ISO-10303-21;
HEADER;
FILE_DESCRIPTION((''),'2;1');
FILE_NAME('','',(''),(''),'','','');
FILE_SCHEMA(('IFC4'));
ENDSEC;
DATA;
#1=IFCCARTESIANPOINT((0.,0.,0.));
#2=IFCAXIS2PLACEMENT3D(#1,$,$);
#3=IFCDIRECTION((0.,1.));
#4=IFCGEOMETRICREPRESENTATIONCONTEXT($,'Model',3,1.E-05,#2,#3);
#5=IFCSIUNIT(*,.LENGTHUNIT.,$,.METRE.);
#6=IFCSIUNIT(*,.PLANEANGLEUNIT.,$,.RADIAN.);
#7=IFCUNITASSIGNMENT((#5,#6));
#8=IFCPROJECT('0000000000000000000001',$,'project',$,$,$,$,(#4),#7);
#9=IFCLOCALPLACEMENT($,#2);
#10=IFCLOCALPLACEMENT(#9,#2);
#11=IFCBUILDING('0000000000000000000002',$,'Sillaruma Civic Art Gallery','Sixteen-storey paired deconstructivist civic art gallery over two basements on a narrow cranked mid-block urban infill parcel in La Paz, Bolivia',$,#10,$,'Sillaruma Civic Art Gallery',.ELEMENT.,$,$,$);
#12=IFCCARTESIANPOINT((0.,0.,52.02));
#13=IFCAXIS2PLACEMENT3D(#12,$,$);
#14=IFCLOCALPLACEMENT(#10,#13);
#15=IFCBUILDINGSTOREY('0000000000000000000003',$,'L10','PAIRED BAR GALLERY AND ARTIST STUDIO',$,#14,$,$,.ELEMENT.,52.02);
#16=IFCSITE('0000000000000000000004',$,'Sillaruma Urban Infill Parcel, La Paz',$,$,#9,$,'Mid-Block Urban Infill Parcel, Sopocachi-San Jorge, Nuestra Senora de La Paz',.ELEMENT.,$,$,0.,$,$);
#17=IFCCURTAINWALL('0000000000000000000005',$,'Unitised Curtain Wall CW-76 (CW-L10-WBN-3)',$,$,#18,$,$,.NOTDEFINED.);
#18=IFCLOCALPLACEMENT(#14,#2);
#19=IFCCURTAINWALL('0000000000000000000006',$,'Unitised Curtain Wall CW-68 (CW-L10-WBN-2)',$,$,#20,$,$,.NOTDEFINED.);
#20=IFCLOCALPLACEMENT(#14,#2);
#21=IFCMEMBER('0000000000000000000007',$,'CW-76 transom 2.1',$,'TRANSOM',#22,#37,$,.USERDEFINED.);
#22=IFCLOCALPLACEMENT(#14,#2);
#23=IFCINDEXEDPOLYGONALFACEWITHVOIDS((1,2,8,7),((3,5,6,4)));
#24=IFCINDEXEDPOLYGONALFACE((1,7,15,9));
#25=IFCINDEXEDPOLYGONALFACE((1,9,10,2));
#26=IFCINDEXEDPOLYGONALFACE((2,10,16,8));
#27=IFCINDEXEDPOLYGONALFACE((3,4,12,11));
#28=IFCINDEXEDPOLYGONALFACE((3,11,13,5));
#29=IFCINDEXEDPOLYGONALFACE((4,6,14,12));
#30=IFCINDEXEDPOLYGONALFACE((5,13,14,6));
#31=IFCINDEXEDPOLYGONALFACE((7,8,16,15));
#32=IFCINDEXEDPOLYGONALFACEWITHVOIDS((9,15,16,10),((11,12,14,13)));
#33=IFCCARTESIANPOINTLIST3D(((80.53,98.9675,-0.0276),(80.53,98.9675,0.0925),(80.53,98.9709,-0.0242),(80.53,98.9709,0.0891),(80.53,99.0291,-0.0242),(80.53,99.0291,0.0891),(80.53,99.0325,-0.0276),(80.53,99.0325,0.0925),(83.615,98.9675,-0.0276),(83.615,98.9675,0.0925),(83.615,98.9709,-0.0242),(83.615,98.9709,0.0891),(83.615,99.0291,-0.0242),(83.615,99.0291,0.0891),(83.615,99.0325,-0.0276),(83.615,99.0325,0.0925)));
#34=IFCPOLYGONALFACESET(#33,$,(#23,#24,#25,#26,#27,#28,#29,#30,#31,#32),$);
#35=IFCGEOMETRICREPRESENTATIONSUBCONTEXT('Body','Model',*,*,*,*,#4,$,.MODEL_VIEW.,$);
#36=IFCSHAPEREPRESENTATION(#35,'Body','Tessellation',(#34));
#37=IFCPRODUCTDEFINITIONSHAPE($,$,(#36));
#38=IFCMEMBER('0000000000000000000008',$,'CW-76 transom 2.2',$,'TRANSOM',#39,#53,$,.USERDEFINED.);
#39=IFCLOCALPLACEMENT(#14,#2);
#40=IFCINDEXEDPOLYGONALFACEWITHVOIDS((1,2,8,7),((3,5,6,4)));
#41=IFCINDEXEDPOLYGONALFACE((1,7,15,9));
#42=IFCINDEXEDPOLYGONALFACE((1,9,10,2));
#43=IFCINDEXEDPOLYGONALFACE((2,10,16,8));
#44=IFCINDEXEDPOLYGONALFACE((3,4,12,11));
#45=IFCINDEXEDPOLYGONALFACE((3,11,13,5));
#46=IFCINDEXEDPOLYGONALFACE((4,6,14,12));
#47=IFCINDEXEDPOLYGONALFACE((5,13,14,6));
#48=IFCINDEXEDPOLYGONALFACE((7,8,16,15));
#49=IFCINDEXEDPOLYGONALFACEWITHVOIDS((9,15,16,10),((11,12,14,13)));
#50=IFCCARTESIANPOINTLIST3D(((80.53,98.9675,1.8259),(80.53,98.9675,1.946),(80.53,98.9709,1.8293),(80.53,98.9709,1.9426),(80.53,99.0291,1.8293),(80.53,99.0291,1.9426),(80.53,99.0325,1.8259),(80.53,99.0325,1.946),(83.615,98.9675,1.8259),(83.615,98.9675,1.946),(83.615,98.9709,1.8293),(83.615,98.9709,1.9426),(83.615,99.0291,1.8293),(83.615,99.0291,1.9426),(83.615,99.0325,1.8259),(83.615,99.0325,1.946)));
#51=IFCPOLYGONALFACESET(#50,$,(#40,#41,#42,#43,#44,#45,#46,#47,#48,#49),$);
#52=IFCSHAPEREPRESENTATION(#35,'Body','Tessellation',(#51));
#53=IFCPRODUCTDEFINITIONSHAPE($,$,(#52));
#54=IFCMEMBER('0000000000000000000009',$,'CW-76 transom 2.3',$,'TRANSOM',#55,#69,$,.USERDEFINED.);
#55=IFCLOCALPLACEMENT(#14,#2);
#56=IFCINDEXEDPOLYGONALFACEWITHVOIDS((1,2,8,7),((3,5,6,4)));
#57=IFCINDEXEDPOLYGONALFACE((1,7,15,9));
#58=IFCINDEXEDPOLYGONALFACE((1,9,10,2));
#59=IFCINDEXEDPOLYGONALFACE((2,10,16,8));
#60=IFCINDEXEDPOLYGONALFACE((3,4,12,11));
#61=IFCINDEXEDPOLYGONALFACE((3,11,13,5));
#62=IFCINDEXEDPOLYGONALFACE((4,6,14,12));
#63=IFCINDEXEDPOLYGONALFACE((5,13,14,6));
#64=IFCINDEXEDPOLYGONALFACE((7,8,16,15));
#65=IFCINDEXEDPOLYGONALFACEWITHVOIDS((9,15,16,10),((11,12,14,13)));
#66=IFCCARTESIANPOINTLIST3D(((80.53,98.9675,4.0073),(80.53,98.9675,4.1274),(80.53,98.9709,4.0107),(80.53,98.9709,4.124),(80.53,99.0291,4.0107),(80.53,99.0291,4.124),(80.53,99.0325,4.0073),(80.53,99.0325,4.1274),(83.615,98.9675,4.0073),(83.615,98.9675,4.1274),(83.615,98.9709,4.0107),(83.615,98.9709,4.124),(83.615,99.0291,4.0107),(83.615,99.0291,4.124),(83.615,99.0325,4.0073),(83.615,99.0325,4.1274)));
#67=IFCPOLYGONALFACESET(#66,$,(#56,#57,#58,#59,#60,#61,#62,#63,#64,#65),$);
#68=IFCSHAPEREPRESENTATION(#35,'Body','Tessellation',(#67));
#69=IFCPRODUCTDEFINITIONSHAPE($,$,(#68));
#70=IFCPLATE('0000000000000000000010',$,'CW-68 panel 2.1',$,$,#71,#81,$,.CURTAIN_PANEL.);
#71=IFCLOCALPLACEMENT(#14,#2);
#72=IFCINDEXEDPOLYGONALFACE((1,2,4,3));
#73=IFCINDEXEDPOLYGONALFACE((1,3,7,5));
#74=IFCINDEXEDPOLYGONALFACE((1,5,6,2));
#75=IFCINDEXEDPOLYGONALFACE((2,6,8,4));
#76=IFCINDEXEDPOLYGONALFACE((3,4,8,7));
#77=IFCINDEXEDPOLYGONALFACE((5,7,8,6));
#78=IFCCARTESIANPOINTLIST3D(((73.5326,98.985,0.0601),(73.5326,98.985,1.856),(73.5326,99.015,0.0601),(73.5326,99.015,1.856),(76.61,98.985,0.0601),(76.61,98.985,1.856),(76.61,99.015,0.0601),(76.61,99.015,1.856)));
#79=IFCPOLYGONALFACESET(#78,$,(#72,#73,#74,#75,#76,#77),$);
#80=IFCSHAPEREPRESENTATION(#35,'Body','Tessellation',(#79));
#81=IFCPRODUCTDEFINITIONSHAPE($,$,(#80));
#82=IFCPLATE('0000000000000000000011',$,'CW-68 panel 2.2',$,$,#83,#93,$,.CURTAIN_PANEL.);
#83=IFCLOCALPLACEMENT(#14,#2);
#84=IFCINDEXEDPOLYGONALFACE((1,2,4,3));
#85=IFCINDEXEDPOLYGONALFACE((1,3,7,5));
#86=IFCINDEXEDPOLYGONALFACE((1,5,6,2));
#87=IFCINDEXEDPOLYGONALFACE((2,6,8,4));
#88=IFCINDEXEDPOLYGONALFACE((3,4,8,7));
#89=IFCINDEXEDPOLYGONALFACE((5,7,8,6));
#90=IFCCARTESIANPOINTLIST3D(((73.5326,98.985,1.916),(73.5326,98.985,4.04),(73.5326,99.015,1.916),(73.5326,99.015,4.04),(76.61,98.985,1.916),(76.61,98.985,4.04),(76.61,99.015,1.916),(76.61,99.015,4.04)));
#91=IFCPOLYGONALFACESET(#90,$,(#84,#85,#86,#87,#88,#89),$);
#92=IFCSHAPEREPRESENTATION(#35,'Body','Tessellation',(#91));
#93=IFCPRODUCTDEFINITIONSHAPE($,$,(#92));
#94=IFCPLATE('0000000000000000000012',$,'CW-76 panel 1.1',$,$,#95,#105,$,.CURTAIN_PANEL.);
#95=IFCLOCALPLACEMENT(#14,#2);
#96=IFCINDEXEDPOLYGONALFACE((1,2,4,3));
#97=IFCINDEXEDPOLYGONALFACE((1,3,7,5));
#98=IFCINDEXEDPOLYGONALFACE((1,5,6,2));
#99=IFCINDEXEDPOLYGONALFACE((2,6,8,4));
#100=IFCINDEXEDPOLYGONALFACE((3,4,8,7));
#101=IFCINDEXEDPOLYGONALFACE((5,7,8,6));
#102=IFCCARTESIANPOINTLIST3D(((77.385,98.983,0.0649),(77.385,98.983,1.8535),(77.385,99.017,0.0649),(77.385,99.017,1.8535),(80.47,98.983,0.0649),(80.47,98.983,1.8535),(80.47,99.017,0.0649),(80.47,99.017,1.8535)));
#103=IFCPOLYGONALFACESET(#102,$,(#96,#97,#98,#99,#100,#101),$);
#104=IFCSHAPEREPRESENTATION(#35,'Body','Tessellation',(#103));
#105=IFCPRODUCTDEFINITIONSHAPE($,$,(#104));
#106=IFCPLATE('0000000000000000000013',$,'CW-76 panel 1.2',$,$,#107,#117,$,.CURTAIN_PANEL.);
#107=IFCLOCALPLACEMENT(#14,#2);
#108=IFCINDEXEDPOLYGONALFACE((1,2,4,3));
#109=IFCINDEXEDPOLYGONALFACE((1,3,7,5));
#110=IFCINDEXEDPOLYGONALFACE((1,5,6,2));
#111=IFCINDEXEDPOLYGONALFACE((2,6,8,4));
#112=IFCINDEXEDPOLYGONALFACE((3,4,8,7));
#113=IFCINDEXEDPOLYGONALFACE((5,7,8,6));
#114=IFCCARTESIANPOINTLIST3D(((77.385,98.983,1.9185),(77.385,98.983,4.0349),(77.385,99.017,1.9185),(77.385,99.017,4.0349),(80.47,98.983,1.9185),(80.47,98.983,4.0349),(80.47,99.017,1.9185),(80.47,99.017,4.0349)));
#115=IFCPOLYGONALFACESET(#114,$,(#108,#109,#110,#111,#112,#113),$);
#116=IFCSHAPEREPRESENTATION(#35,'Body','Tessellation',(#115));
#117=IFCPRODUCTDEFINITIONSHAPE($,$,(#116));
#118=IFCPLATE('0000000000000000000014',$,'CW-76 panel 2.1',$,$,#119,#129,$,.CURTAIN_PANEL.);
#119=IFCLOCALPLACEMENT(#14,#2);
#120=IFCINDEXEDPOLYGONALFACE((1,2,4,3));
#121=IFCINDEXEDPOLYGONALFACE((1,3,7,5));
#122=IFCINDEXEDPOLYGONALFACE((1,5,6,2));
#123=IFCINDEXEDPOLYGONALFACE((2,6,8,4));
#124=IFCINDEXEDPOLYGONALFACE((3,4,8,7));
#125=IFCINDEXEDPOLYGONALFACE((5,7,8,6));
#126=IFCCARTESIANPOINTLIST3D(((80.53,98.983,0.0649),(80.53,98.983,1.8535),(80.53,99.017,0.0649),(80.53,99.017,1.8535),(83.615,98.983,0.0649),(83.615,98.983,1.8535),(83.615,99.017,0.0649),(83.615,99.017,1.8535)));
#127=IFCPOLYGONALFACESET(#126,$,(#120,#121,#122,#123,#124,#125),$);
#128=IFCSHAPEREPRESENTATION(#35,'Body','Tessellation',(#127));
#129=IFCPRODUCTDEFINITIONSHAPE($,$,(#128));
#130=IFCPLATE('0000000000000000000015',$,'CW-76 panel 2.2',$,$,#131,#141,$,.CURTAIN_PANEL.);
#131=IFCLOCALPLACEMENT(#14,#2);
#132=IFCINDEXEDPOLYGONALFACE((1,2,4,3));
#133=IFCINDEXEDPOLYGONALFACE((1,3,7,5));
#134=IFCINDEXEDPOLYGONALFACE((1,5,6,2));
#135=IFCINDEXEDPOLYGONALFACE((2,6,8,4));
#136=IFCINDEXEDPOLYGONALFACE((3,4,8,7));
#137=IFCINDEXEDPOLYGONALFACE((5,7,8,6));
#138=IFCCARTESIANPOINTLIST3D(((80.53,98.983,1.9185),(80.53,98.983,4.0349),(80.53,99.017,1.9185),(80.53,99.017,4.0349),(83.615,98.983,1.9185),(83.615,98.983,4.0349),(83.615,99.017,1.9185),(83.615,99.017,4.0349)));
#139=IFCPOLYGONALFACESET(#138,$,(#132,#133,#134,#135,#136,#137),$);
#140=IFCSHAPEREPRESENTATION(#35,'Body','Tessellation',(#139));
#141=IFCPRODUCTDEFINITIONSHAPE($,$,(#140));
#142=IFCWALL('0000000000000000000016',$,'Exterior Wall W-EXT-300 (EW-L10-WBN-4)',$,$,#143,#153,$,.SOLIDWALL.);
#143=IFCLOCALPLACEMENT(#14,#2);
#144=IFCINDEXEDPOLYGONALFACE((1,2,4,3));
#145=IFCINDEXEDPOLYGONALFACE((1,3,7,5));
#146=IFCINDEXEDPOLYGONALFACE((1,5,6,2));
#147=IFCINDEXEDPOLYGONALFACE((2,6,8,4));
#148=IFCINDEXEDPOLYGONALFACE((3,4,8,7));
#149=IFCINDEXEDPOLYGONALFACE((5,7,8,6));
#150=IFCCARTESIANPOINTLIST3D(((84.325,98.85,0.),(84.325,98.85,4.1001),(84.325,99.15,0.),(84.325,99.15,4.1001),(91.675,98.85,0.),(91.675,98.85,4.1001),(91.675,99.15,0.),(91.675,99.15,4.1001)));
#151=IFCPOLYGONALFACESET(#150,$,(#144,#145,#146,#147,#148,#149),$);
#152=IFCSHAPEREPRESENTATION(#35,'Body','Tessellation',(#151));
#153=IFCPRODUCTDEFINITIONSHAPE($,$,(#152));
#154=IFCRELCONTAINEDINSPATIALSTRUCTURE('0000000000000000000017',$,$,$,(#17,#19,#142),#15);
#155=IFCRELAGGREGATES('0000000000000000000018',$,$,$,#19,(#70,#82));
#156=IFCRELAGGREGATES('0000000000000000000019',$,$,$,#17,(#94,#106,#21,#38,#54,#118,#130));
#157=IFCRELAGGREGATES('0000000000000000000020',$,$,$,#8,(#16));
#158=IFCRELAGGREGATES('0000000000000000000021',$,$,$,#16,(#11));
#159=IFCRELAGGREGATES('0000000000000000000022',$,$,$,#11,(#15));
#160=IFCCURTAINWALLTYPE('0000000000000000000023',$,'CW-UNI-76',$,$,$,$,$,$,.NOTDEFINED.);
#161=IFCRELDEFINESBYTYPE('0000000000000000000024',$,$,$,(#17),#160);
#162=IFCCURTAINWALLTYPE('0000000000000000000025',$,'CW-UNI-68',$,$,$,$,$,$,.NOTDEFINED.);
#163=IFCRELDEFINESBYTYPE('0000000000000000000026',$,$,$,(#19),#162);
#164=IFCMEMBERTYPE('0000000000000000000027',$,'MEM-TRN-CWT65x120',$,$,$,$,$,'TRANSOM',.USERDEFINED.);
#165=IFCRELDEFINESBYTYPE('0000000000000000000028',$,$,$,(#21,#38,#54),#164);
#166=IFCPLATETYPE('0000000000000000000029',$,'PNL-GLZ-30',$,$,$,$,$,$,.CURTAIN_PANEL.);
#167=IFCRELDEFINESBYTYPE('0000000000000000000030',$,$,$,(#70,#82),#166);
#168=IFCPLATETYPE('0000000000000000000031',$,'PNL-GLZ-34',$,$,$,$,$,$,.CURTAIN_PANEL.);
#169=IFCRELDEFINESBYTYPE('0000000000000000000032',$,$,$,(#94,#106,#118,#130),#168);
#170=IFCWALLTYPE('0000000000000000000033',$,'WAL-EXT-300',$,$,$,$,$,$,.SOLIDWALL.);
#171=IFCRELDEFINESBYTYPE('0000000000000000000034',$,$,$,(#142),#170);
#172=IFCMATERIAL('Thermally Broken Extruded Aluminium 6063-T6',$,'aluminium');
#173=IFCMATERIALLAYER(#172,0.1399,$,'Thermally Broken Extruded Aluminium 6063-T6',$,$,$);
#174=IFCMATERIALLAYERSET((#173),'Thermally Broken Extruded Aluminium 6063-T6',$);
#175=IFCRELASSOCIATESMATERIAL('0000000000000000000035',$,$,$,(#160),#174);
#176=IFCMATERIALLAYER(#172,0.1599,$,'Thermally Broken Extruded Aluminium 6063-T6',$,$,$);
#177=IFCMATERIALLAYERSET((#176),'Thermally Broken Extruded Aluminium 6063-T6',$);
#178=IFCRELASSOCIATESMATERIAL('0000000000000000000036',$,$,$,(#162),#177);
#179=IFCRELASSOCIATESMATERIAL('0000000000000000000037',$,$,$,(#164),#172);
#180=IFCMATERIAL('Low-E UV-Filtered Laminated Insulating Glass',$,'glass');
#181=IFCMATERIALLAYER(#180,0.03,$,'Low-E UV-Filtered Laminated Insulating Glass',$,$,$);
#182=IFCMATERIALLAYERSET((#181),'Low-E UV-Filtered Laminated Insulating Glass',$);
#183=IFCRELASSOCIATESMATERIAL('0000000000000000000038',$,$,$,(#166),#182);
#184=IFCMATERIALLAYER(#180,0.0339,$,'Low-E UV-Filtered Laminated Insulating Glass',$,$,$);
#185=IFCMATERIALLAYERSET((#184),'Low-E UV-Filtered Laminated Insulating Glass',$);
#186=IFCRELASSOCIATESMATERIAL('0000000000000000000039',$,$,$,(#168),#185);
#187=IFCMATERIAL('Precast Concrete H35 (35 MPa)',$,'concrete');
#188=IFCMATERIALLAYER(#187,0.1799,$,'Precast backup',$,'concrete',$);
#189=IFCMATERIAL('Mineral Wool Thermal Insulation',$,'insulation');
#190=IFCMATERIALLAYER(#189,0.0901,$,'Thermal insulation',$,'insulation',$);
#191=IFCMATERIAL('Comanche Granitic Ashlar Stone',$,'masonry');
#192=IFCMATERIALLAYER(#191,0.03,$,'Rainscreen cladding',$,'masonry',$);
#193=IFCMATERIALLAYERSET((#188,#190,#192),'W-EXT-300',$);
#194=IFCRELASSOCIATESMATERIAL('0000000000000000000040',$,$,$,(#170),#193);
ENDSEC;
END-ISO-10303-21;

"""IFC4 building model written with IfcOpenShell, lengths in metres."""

from ifc_helpers import new_model, si_unit, direction, frame, frame_2d, origin, origin_2d, place, context, subcontext, project, spatial, rectangle, hollow_rectangle, extrude, material, layer, layer_set, material_profile, profile_set, type_object, element, aggregate, save


model = new_model("IFC4")

# Units and contexts
model_context = context("Model", 3, precision=1e-05, world=origin(), true_north=direction((0.0, 1.0)))
body_context = subcontext(model_context, "Body", "Model", "MODEL_VIEW")
ifc_project = project(units=[si_unit("LENGTHUNIT", "METRE"), si_unit("PLANEANGLEUNIT", "RADIAN")], contexts=[model_context])

# Site, building, storey
site_placement = place(None, origin())
site = spatial("IfcSite", under=ifc_project, at=site_placement, Name="Sillaruma Urban Infill Parcel, La Paz", LongName="Mid-Block Urban Infill Parcel, Sopocachi-San Jorge, Nuestra Senora de La Paz", CompositionType="ELEMENT", RefElevation=0.0)
building_placement = place(site_placement, origin())
building = spatial("IfcBuilding", under=site, at=building_placement, Name="Sillaruma Civic Art Gallery", Description="Sixteen-storey paired deconstructivist civic art gallery over two basements on a narrow cranked mid-block urban infill parcel in La Paz, Bolivia", LongName="Sillaruma Civic Art Gallery", CompositionType="ELEMENT")
storey_placement = place(building_placement, frame((0.0, 0.0, 52.02)))
storey = spatial("IfcBuildingStorey", under=building, at=storey_placement, Name="L10", Description="PAIRED BAR GALLERY AND ARTIST STUDIO", CompositionType="ELEMENT", Elevation=52.02)

# Curtain wall
ifc_material_1 = material(Name="Thermally Broken Extruded Aluminium 6063-T6", Category="aluminium")
ifc_layer_1 = layer(ifc_material_1, 0.1399, Name="Thermally Broken Extruded Aluminium 6063-T6")
ifc_layer_set_1 = layer_set([ifc_layer_1], Name="Thermally Broken Extruded Aluminium 6063-T6")
curtain_wall_type_1 = type_object("IfcCurtainWallType", Name="CW-UNI-76", PredefinedType="NOTDEFINED", material=ifc_layer_set_1)
curtain_wall_1_placement = place(storey_placement, origin())
curtain_wall_1 = element("IfcCurtainWall", 1, at=curtain_wall_1_placement, inside=storey, type_object=curtain_wall_type_1, Name="Unitised Curtain Wall CW-76 (CW-L10-WBN-3)", PredefinedType="NOTDEFINED")

# Curtain wall
ifc_layer_2 = layer(ifc_material_1, 0.1599, Name="Thermally Broken Extruded Aluminium 6063-T6")
ifc_layer_set_2 = layer_set([ifc_layer_2], Name="Thermally Broken Extruded Aluminium 6063-T6")
curtain_wall_type_2 = type_object("IfcCurtainWallType", Name="CW-UNI-68", PredefinedType="NOTDEFINED", material=ifc_layer_set_2)
curtain_wall_2_placement = place(storey_placement, origin())
curtain_wall_2 = element("IfcCurtainWall", 2, at=curtain_wall_2_placement, inside=storey, type_object=curtain_wall_type_2, Name="Unitised Curtain Wall CW-68 (CW-L10-WBN-2)", PredefinedType="NOTDEFINED")

# Members
ifc_material_profile_1 = material_profile(ifc_material_1, hollow_rectangle(XDim=0.0649, YDim=0.1201, WallThickness=0.0034, at=origin_2d()), Name="CWT65x120")
ifc_profile_set_1 = profile_set([ifc_material_profile_1], Name="Thermally Broken Extruded Aluminium 6063-T6")
member_type_1 = type_object("IfcMemberType", Name="MEM-TRN-CWT65x120", ElementType="TRANSOM", PredefinedType="USERDEFINED", material=ifc_profile_set_1)
member_1_placement = place(storey_placement, frame((80.53, 99.0, 0.0325), z_axis=(1.0, 0.0, 0.0), x_axis=(0.0, 1.0, 0.0)))
member_1 = element("IfcMember", 3, at=member_1_placement, type_object=member_type_1, Name="CW-76 transom 2.1", ObjectType="TRANSOM", PredefinedType="USERDEFINED", context=body_context, shape_type="SweptSolid", body=[
    extrude(hollow_rectangle(XDim=0.0649, YDim=0.1201, WallThickness=0.0034, at=origin_2d()), origin(), (0.0, 0.0, 1.0), 3.085),
])
member_2_placement = place(storey_placement, frame((80.53, 99.0, 1.886), z_axis=(1.0, 0.0, 0.0), x_axis=(0.0, 1.0, 0.0)))
member_2 = element("IfcMember", 4, at=member_2_placement, type_object=member_type_1, Name="CW-76 transom 2.2", ObjectType="TRANSOM", PredefinedType="USERDEFINED", context=body_context, shape_type="SweptSolid", body=[
    extrude(hollow_rectangle(XDim=0.0649, YDim=0.1201, WallThickness=0.0034, at=origin_2d()), origin(), (0.0, 0.0, 1.0), 3.085),
])
member_3_placement = place(storey_placement, frame((80.53, 99.0, 4.0674), z_axis=(1.0, 0.0, 0.0), x_axis=(0.0, 1.0, 0.0)))
member_3 = element("IfcMember", 5, at=member_3_placement, type_object=member_type_1, Name="CW-76 transom 2.3", ObjectType="TRANSOM", PredefinedType="USERDEFINED", context=body_context, shape_type="SweptSolid", body=[
    extrude(hollow_rectangle(XDim=0.0649, YDim=0.1201, WallThickness=0.0034, at=origin_2d()), origin(), (0.0, 0.0, 1.0), 3.085),
])

# Plates
ifc_material_2 = material(Name="Low-E UV-Filtered Laminated Insulating Glass", Category="glass")
ifc_layer_3 = layer(ifc_material_2, 0.03, Name="Low-E UV-Filtered Laminated Insulating Glass")
ifc_layer_set_3 = layer_set([ifc_layer_3], Name="Low-E UV-Filtered Laminated Insulating Glass")
plate_type_1 = type_object("IfcPlateType", Name="PNL-GLZ-30", PredefinedType="CURTAIN_PANEL", material=ifc_layer_set_3)
plate_1_placement = place(storey_placement, frame((75.0713, 99.0, 0.0601), z_axis=(0.0, 0.0, 1.0), x_axis=(1.0, 0.0, 0.0)))
plate_1 = element("IfcPlate", 6, at=plate_1_placement, type_object=plate_type_1, Name="CW-68 panel 2.1", PredefinedType="CURTAIN_PANEL", context=body_context, shape_type="SweptSolid", body=[
    extrude(rectangle(XDim=3.0774, YDim=0.03, at=origin_2d()), origin(), (0.0, 0.0, 1.0), 1.7959),
])
plate_2_placement = place(storey_placement, frame((75.0713, 99.0, 1.916), z_axis=(0.0, 0.0, 1.0), x_axis=(1.0, 0.0, 0.0)))
plate_2 = element("IfcPlate", 7, at=plate_2_placement, type_object=plate_type_1, Name="CW-68 panel 2.2", PredefinedType="CURTAIN_PANEL", context=body_context, shape_type="SweptSolid", body=[
    extrude(rectangle(XDim=3.0774, YDim=0.03, at=origin_2d()), origin(), (0.0, 0.0, 1.0), 2.124),
])
aggregate(curtain_wall_2, [plate_1, plate_2])
ifc_layer_4 = layer(ifc_material_2, 0.0339, Name="Low-E UV-Filtered Laminated Insulating Glass")
ifc_layer_set_4 = layer_set([ifc_layer_4], Name="Low-E UV-Filtered Laminated Insulating Glass")
plate_type_2 = type_object("IfcPlateType", Name="PNL-GLZ-34", PredefinedType="CURTAIN_PANEL", material=ifc_layer_set_4)
plate_3_placement = place(storey_placement, frame((78.9275, 99.0, 0.0649), z_axis=(0.0, 0.0, 1.0), x_axis=(1.0, 0.0, 0.0)))
plate_3 = element("IfcPlate", 8, at=plate_3_placement, type_object=plate_type_2, Name="CW-76 panel 1.1", PredefinedType="CURTAIN_PANEL", context=body_context, shape_type="SweptSolid", body=[
    extrude(rectangle(XDim=3.085, YDim=0.0339, at=origin_2d()), origin(), (0.0, 0.0, 1.0), 1.7886),
])
plate_4_placement = place(storey_placement, frame((78.9275, 99.0, 1.9185), z_axis=(0.0, 0.0, 1.0), x_axis=(1.0, 0.0, 0.0)))
plate_4 = element("IfcPlate", 9, at=plate_4_placement, type_object=plate_type_2, Name="CW-76 panel 1.2", PredefinedType="CURTAIN_PANEL", context=body_context, shape_type="SweptSolid", body=[
    extrude(rectangle(XDim=3.085, YDim=0.0339, at=origin_2d()), origin(), (0.0, 0.0, 1.0), 2.1165),
])
plate_5_placement = place(storey_placement, frame((82.0725, 99.0, 0.0649), z_axis=(0.0, 0.0, 1.0), x_axis=(1.0, 0.0, 0.0)))
plate_5 = element("IfcPlate", 10, at=plate_5_placement, type_object=plate_type_2, Name="CW-76 panel 2.1", PredefinedType="CURTAIN_PANEL", context=body_context, shape_type="SweptSolid", body=[
    extrude(rectangle(XDim=3.085, YDim=0.0339, at=origin_2d()), origin(), (0.0, 0.0, 1.0), 1.7886),
])
plate_6_placement = place(storey_placement, frame((82.0725, 99.0, 1.9185), z_axis=(0.0, 0.0, 1.0), x_axis=(1.0, 0.0, 0.0)))
plate_6 = element("IfcPlate", 11, at=plate_6_placement, type_object=plate_type_2, Name="CW-76 panel 2.2", PredefinedType="CURTAIN_PANEL", context=body_context, shape_type="SweptSolid", body=[
    extrude(rectangle(XDim=3.085, YDim=0.0339, at=origin_2d()), origin(), (0.0, 0.0, 1.0), 2.1165),
])
aggregate(curtain_wall_1, [plate_3, plate_4, member_1, member_2, member_3, plate_5, plate_6])

# Wall
ifc_material_3 = material(Name="Precast Concrete H35 (35 MPa)", Category="concrete")
ifc_layer_5 = layer(ifc_material_3, 0.1799, Name="Precast backup", Category="concrete")
ifc_material_4 = material(Name="Mineral Wool Thermal Insulation", Category="insulation")
ifc_layer_6 = layer(ifc_material_4, 0.0901, Name="Thermal insulation", Category="insulation")
ifc_material_5 = material(Name="Comanche Granitic Ashlar Stone", Category="masonry")
ifc_layer_7 = layer(ifc_material_5, 0.03, Name="Rainscreen cladding", Category="masonry")
ifc_layer_set_5 = layer_set([ifc_layer_5, ifc_layer_6, ifc_layer_7], Name="W-EXT-300")
wall_type = type_object("IfcWallType", Name="WAL-EXT-300", PredefinedType="SOLIDWALL", material=ifc_layer_set_5)
wall_placement = place(storey_placement, frame((84.325, 99.0, 0.0), z_axis=(0.0, 0.0, 1.0), x_axis=(1.0, 0.0, 0.0)))
element("IfcWall", 12, at=wall_placement, inside=storey, type_object=wall_type, Name="Exterior Wall W-EXT-300 (EW-L10-WBN-4)", PredefinedType="SOLIDWALL", context=body_context, shape_type="SweptSolid", body=[
    extrude(rectangle(XDim=7.3501, YDim=0.3, at=frame_2d((3.675, 0.0))), origin(), (0.0, 0.0, 1.0), 4.1001),
])

save(model, "model.ifc")
